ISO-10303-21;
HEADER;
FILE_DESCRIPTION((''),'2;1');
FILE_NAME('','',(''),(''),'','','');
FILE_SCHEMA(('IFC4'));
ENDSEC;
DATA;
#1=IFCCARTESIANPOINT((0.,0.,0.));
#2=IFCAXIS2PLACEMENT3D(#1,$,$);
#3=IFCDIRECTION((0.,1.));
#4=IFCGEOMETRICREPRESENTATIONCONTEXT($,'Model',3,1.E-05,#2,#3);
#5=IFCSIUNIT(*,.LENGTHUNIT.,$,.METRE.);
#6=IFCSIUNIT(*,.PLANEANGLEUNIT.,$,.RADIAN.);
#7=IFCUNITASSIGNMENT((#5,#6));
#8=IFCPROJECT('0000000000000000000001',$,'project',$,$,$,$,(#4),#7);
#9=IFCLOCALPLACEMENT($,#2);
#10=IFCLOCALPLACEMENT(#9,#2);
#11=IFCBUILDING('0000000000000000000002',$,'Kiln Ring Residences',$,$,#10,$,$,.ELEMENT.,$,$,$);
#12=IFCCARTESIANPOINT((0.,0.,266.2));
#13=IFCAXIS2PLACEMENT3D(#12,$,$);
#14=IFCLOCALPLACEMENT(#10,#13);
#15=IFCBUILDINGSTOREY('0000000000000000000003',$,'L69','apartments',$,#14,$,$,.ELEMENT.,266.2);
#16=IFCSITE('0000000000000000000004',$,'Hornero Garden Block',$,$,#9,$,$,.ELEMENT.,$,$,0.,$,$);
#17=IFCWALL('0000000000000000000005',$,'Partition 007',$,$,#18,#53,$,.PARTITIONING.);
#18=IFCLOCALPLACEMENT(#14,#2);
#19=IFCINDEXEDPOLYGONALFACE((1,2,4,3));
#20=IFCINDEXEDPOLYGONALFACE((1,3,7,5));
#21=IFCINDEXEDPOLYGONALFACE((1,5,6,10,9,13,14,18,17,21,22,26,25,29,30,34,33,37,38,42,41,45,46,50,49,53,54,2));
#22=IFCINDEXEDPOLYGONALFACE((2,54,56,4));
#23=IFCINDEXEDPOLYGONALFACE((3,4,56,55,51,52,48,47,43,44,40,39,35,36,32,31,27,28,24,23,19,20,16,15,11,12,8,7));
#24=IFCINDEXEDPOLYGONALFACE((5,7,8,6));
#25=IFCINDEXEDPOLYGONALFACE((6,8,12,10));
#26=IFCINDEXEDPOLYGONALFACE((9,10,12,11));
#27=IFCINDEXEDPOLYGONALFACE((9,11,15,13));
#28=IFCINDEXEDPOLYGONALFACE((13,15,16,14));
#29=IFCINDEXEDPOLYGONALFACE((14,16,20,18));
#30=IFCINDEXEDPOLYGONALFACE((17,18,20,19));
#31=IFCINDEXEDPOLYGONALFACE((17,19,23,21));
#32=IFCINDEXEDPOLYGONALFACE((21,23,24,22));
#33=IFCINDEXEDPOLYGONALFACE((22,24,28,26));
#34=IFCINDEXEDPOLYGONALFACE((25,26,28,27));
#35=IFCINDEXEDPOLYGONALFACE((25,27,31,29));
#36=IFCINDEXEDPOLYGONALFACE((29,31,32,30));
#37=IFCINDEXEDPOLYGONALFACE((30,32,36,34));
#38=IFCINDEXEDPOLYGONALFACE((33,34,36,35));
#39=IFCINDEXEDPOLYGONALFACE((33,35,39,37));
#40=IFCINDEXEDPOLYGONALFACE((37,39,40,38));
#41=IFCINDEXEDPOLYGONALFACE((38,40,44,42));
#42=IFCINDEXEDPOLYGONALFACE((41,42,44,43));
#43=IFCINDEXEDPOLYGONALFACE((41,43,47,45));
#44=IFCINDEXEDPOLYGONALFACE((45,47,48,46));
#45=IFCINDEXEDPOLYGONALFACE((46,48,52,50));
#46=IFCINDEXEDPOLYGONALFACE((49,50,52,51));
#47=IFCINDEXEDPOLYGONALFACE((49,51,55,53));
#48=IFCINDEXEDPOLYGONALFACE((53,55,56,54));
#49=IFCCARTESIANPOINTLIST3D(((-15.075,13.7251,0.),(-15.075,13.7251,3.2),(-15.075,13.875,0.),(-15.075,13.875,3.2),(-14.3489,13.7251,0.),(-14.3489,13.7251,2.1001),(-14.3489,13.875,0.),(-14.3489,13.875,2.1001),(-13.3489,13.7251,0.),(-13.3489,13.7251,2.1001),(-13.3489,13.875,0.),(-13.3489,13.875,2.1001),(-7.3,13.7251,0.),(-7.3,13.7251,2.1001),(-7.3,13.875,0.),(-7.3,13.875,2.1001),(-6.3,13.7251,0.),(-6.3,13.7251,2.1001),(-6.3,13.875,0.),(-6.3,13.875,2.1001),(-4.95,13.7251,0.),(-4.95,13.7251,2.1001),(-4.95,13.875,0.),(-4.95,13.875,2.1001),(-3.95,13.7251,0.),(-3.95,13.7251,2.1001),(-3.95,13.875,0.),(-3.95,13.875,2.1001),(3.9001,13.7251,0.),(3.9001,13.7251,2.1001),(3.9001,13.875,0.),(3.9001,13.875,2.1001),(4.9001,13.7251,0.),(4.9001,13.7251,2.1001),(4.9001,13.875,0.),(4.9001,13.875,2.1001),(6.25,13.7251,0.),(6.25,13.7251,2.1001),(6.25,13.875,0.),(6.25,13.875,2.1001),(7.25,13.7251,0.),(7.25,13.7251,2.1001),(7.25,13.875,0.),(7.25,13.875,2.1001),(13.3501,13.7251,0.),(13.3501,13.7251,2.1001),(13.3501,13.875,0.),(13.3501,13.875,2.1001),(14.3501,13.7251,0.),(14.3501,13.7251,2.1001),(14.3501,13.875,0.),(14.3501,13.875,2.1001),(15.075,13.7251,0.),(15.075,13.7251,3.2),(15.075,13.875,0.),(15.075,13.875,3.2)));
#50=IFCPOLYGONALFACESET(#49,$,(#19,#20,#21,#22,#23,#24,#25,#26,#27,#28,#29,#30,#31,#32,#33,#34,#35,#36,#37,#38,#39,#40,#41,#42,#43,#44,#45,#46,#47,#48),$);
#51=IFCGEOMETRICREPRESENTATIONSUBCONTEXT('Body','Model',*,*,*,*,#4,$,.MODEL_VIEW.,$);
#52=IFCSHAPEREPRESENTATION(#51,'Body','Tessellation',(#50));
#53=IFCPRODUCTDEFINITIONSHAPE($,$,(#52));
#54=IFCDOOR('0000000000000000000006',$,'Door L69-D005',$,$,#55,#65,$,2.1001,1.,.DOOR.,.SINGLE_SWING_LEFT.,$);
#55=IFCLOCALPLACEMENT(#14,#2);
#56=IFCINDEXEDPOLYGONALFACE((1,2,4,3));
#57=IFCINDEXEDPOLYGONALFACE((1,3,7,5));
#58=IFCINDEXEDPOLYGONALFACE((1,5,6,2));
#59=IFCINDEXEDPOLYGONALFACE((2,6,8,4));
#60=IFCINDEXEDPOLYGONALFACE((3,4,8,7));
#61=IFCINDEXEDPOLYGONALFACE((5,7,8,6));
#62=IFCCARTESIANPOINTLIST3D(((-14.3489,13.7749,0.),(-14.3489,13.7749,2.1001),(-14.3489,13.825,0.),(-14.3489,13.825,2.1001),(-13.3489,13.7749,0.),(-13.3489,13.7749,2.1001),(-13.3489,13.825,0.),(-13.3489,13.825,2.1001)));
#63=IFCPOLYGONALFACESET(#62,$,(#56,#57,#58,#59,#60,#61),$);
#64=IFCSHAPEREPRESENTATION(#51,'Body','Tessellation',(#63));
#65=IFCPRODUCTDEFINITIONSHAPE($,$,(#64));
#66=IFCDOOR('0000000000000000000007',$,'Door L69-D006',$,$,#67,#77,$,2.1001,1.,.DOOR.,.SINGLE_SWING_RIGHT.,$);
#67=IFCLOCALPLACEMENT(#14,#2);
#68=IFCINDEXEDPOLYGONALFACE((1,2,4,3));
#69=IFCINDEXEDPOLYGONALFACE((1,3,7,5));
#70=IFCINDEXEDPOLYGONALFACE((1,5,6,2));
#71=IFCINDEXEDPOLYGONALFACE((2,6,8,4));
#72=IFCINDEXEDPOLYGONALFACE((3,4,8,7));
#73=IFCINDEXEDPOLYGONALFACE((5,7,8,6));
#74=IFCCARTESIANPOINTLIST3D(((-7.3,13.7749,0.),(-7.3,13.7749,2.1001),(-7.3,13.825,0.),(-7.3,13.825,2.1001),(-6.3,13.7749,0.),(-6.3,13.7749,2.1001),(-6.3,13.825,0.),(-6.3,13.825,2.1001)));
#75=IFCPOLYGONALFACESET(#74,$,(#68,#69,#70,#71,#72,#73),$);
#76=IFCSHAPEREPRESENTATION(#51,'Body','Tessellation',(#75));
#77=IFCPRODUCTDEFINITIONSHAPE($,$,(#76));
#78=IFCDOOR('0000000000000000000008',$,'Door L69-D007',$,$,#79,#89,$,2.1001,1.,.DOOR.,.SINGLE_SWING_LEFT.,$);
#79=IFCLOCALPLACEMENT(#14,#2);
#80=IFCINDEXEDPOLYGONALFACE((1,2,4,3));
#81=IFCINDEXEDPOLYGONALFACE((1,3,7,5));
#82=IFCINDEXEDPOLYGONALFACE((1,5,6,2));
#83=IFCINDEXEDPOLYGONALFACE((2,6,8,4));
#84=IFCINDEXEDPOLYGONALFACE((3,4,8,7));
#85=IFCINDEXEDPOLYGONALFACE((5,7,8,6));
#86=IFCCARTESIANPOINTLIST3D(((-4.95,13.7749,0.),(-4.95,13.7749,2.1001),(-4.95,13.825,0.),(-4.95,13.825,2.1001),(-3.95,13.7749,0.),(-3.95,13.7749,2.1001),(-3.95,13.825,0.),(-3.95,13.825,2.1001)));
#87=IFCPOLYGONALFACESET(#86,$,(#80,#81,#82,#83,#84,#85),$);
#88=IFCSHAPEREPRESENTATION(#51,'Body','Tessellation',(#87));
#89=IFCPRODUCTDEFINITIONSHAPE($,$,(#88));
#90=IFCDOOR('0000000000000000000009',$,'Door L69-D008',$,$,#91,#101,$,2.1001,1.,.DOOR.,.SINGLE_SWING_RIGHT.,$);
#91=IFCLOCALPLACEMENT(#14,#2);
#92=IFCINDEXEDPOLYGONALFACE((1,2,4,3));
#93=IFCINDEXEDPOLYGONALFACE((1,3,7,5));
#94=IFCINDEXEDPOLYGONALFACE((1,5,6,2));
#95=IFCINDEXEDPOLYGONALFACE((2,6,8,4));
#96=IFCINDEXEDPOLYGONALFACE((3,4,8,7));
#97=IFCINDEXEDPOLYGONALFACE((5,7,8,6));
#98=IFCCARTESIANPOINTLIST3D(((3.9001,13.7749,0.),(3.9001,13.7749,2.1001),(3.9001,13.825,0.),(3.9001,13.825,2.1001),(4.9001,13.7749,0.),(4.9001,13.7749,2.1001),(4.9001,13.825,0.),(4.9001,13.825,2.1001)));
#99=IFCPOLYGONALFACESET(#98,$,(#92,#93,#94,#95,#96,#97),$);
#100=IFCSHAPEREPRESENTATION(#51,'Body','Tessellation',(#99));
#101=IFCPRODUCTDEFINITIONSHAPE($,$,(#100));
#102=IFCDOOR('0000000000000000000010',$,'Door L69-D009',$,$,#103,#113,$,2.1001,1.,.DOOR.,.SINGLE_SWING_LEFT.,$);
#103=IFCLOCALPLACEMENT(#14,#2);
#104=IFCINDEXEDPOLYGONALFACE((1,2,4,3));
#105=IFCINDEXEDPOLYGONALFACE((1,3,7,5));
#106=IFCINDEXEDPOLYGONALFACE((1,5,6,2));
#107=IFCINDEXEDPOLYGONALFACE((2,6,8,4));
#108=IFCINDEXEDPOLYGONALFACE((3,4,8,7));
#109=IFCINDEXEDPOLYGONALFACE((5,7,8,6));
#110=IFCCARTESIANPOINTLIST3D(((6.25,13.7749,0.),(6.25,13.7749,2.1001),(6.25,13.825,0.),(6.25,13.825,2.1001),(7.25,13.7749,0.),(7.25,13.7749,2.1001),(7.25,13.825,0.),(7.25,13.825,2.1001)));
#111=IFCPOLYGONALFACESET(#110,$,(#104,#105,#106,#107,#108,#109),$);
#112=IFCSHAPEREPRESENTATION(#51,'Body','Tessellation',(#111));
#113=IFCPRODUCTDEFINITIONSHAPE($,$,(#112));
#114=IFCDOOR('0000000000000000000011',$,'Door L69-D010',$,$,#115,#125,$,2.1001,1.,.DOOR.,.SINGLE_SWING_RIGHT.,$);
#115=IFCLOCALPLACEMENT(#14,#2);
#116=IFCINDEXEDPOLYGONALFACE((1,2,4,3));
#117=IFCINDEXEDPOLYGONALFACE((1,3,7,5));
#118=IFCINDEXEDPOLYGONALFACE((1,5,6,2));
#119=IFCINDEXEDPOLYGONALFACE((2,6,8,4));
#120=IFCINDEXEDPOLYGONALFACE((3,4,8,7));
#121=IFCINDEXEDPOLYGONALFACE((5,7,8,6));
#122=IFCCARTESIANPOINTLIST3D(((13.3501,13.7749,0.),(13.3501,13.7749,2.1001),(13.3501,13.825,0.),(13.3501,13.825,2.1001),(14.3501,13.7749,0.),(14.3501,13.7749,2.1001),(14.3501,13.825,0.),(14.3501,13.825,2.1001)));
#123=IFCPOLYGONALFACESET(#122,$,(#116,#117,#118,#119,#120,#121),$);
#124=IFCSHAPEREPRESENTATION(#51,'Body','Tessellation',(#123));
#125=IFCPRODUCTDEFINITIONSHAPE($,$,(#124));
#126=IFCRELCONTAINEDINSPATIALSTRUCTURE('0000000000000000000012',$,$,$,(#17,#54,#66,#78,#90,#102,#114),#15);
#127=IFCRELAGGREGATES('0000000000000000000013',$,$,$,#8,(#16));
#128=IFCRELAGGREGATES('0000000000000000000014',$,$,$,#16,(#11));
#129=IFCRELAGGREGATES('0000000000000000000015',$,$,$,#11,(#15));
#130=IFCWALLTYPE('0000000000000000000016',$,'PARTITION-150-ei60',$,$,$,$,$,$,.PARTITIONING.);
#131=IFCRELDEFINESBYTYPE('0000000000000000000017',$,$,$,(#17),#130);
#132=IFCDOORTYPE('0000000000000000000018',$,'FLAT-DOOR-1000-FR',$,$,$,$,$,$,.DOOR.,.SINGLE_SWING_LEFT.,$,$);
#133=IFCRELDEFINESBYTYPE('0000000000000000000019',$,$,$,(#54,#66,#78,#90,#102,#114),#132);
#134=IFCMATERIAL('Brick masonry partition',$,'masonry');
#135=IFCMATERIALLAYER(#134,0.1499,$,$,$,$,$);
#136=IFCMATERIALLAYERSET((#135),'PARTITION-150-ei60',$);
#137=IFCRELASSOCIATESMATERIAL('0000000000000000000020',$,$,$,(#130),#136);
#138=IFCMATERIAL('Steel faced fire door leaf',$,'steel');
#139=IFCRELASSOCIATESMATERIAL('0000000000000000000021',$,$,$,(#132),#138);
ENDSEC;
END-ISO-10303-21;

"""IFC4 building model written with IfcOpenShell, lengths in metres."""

from ifc_helpers import new_model, si_unit, direction, frame, frame_2d, origin, place, context, subcontext, project, spatial, rectangle, extrude, material, layer, layer_set, type_object, element, fill, save


model = new_model("IFC4")

# Units and contexts
model_context = context("Model", 3, precision=1e-05, world=origin(), true_north=direction((0.0, 1.0)))
body_context = subcontext(model_context, "Body", "Model", "MODEL_VIEW")
ifc_project = project(units=[si_unit("LENGTHUNIT", "METRE"), si_unit("PLANEANGLEUNIT", "RADIAN")], contexts=[model_context])

# Site, building, storey
site_placement = place(None, origin())
site = spatial("IfcSite", under=ifc_project, at=site_placement, Name="Hornero Garden Block", CompositionType="ELEMENT", RefElevation=0.0)
building_placement = place(site_placement, origin())
building = spatial("IfcBuilding", under=site, at=building_placement, Name="Kiln Ring Residences", CompositionType="ELEMENT")
storey_placement = place(building_placement, frame((0.0, 0.0, 266.2)))
storey = spatial("IfcBuildingStorey", under=building, at=storey_placement, Name="L69", Description="apartments", CompositionType="ELEMENT", Elevation=266.2)

# Wall, openings, doors
ifc_material_1 = material(Name="Brick masonry partition", Category="masonry")
ifc_layer_1 = layer(ifc_material_1, 0.1499)
ifc_layer_set_1 = layer_set([ifc_layer_1], Name="PARTITION-150-ei60")
wall_type_1 = type_object("IfcWallType", Name="PARTITION-150-ei60", PredefinedType="PARTITIONING", material=ifc_layer_set_1)
wall_placement = place(storey_placement, frame((-15.075, 13.8, 0.0), z_axis=(0.0, 0.0, 1.0), x_axis=(1.0, 0.0, 0.0)))
wall = element("IfcWall", 1, at=wall_placement, inside=storey, type_object=wall_type_1, Name="Partition 007", PredefinedType="PARTITIONING", context=body_context, shape_type="SweptSolid", body=[
    extrude(rectangle(XDim=30.1499, YDim=0.1499, at=frame_2d((15.075, 0.0))), origin(), (0.0, 0.0, 1.0), 3.2),
])
opening_1_placement = place(wall_placement, frame((0.7261, 0.0, 0.0)))
opening_1 = element("IfcOpeningElement", 2, at=opening_1_placement, cuts=wall, PredefinedType="OPENING", context=body_context, shape_type="SweptSolid", body=[
    extrude(rectangle(XDim=1.0, YDim=2.1001, at=frame_2d((0.5, 1.05))), frame((0.0, 0.085, 0.0), z_axis=(0.0, -1.0, 0.0), x_axis=(1.0, 0.0, 0.0)), (0.0, 0.0, 1.0), 0.1699),
])
opening_2_placement = place(wall_placement, frame((7.7749, 0.0, 0.0)))
opening_2 = element("IfcOpeningElement", 3, at=opening_2_placement, cuts=wall, PredefinedType="OPENING", context=body_context, shape_type="SweptSolid", body=[
    extrude(rectangle(XDim=1.0, YDim=2.1001, at=frame_2d((0.5, 1.05))), frame((0.0, 0.085, 0.0), z_axis=(0.0, -1.0, 0.0), x_axis=(1.0, 0.0, 0.0)), (0.0, 0.0, 1.0), 0.1699),
])
opening_3_placement = place(wall_placement, frame((10.125, 0.0, 0.0)))
opening_3 = element("IfcOpeningElement", 4, at=opening_3_placement, cuts=wall, PredefinedType="OPENING", context=body_context, shape_type="SweptSolid", body=[
    extrude(rectangle(XDim=1.0, YDim=2.1001, at=frame_2d((0.5, 1.05))), frame((0.0, 0.085, 0.0), z_axis=(0.0, -1.0, 0.0), x_axis=(1.0, 0.0, 0.0)), (0.0, 0.0, 1.0), 0.1699),
])
opening_4_placement = place(wall_placement, frame((18.9751, 0.0, 0.0)))
opening_4 = element("IfcOpeningElement", 5, at=opening_4_placement, cuts=wall, PredefinedType="OPENING", context=body_context, shape_type="SweptSolid", body=[
    extrude(rectangle(XDim=1.0, YDim=2.1001, at=frame_2d((0.5, 1.05))), frame((0.0, 0.085, 0.0), z_axis=(0.0, -1.0, 0.0), x_axis=(1.0, 0.0, 0.0)), (0.0, 0.0, 1.0), 0.1699),
])
opening_5_placement = place(wall_placement, frame((21.325, 0.0, 0.0)))
opening_5 = element("IfcOpeningElement", 6, at=opening_5_placement, cuts=wall, PredefinedType="OPENING", context=body_context, shape_type="SweptSolid", body=[
    extrude(rectangle(XDim=1.0, YDim=2.1001, at=frame_2d((0.5, 1.05))), frame((0.0, 0.085, 0.0), z_axis=(0.0, -1.0, 0.0), x_axis=(1.0, 0.0, 0.0)), (0.0, 0.0, 1.0), 0.1699),
])
opening_6_placement = place(wall_placement, frame((28.425, 0.0, 0.0)))
opening_6 = element("IfcOpeningElement", 7, at=opening_6_placement, cuts=wall, PredefinedType="OPENING", context=body_context, shape_type="SweptSolid", body=[
    extrude(rectangle(XDim=1.0, YDim=2.1001, at=frame_2d((0.5, 1.05))), frame((0.0, 0.085, 0.0), z_axis=(0.0, -1.0, 0.0), x_axis=(1.0, 0.0, 0.0)), (0.0, 0.0, 1.0), 0.1699),
])
ifc_material_2 = material(Name="Steel faced fire door leaf", Category="steel")
door_type = type_object("IfcDoorType", Name="FLAT-DOOR-1000-FR", OperationType="SINGLE_SWING_LEFT", PredefinedType="DOOR", material=ifc_material_2)
door_1_placement = place(opening_1_placement, origin())
door_1 = element("IfcDoor", 8, at=door_1_placement, inside=storey, type_object=door_type, Name="Door L69-D005", OperationType="SINGLE_SWING_LEFT", OverallHeight=2.1001, OverallWidth=1.0, PredefinedType="DOOR", context=body_context, shape_type="SweptSolid", body=[
    extrude(rectangle(XDim=1.0, YDim=2.1001, at=frame_2d((0.5, 1.05))), frame((0.0, 0.0249, 0.0), z_axis=(0.0, -1.0, 0.0), x_axis=(1.0, 0.0, 0.0)), (0.0, 0.0, 1.0), 0.05),
])
fill(opening_1, door_1)
door_2_placement = place(opening_2_placement, origin())
door_2 = element("IfcDoor", 9, at=door_2_placement, inside=storey, type_object=door_type, Name="Door L69-D006", OperationType="SINGLE_SWING_RIGHT", OverallHeight=2.1001, OverallWidth=1.0, PredefinedType="DOOR", context=body_context, shape_type="SweptSolid", body=[
    extrude(rectangle(XDim=1.0, YDim=2.1001, at=frame_2d((0.5, 1.05))), frame((0.0, 0.0249, 0.0), z_axis=(0.0, -1.0, 0.0), x_axis=(1.0, 0.0, 0.0)), (0.0, 0.0, 1.0), 0.05),
])
fill(opening_2, door_2)
door_3_placement = place(opening_3_placement, origin())
door_3 = element("IfcDoor", 10, at=door_3_placement, inside=storey, type_object=door_type, Name="Door L69-D007", OperationType="SINGLE_SWING_LEFT", OverallHeight=2.1001, OverallWidth=1.0, PredefinedType="DOOR", context=body_context, shape_type="SweptSolid", body=[
    extrude(rectangle(XDim=1.0, YDim=2.1001, at=frame_2d((0.5, 1.05))), frame((0.0, 0.0249, 0.0), z_axis=(0.0, -1.0, 0.0), x_axis=(1.0, 0.0, 0.0)), (0.0, 0.0, 1.0), 0.05),
])
fill(opening_3, door_3)
door_4_placement = place(opening_4_placement, origin())
door_4 = element("IfcDoor", 11, at=door_4_placement, inside=storey, type_object=door_type, Name="Door L69-D008", OperationType="SINGLE_SWING_RIGHT", OverallHeight=2.1001, OverallWidth=1.0, PredefinedType="DOOR", context=body_context, shape_type="SweptSolid", body=[
    extrude(rectangle(XDim=1.0, YDim=2.1001, at=frame_2d((0.5, 1.05))), frame((0.0, 0.0249, 0.0), z_axis=(0.0, -1.0, 0.0), x_axis=(1.0, 0.0, 0.0)), (0.0, 0.0, 1.0), 0.05),
])
fill(opening_4, door_4)
door_5_placement = place(opening_5_placement, origin())
door_5 = element("IfcDoor", 12, at=door_5_placement, inside=storey, type_object=door_type, Name="Door L69-D009", OperationType="SINGLE_SWING_LEFT", OverallHeight=2.1001, OverallWidth=1.0, PredefinedType="DOOR", context=body_context, shape_type="SweptSolid", body=[
    extrude(rectangle(XDim=1.0, YDim=2.1001, at=frame_2d((0.5, 1.05))), frame((0.0, 0.0249, 0.0), z_axis=(0.0, -1.0, 0.0), x_axis=(1.0, 0.0, 0.0)), (0.0, 0.0, 1.0), 0.05),
])
fill(opening_5, door_5)
door_6_placement = place(opening_6_placement, origin())
door_6 = element("IfcDoor", 13, at=door_6_placement, inside=storey, type_object=door_type, Name="Door L69-D010", OperationType="SINGLE_SWING_RIGHT", OverallHeight=2.1001, OverallWidth=1.0, PredefinedType="DOOR", context=body_context, shape_type="SweptSolid", body=[
    extrude(rectangle(XDim=1.0, YDim=2.1001, at=frame_2d((0.5, 1.05))), frame((0.0, 0.0249, 0.0), z_axis=(0.0, -1.0, 0.0), x_axis=(1.0, 0.0, 0.0)), (0.0, 0.0, 1.0), 0.05),
])
fill(opening_6, door_6)

save(model, "model.ifc")
